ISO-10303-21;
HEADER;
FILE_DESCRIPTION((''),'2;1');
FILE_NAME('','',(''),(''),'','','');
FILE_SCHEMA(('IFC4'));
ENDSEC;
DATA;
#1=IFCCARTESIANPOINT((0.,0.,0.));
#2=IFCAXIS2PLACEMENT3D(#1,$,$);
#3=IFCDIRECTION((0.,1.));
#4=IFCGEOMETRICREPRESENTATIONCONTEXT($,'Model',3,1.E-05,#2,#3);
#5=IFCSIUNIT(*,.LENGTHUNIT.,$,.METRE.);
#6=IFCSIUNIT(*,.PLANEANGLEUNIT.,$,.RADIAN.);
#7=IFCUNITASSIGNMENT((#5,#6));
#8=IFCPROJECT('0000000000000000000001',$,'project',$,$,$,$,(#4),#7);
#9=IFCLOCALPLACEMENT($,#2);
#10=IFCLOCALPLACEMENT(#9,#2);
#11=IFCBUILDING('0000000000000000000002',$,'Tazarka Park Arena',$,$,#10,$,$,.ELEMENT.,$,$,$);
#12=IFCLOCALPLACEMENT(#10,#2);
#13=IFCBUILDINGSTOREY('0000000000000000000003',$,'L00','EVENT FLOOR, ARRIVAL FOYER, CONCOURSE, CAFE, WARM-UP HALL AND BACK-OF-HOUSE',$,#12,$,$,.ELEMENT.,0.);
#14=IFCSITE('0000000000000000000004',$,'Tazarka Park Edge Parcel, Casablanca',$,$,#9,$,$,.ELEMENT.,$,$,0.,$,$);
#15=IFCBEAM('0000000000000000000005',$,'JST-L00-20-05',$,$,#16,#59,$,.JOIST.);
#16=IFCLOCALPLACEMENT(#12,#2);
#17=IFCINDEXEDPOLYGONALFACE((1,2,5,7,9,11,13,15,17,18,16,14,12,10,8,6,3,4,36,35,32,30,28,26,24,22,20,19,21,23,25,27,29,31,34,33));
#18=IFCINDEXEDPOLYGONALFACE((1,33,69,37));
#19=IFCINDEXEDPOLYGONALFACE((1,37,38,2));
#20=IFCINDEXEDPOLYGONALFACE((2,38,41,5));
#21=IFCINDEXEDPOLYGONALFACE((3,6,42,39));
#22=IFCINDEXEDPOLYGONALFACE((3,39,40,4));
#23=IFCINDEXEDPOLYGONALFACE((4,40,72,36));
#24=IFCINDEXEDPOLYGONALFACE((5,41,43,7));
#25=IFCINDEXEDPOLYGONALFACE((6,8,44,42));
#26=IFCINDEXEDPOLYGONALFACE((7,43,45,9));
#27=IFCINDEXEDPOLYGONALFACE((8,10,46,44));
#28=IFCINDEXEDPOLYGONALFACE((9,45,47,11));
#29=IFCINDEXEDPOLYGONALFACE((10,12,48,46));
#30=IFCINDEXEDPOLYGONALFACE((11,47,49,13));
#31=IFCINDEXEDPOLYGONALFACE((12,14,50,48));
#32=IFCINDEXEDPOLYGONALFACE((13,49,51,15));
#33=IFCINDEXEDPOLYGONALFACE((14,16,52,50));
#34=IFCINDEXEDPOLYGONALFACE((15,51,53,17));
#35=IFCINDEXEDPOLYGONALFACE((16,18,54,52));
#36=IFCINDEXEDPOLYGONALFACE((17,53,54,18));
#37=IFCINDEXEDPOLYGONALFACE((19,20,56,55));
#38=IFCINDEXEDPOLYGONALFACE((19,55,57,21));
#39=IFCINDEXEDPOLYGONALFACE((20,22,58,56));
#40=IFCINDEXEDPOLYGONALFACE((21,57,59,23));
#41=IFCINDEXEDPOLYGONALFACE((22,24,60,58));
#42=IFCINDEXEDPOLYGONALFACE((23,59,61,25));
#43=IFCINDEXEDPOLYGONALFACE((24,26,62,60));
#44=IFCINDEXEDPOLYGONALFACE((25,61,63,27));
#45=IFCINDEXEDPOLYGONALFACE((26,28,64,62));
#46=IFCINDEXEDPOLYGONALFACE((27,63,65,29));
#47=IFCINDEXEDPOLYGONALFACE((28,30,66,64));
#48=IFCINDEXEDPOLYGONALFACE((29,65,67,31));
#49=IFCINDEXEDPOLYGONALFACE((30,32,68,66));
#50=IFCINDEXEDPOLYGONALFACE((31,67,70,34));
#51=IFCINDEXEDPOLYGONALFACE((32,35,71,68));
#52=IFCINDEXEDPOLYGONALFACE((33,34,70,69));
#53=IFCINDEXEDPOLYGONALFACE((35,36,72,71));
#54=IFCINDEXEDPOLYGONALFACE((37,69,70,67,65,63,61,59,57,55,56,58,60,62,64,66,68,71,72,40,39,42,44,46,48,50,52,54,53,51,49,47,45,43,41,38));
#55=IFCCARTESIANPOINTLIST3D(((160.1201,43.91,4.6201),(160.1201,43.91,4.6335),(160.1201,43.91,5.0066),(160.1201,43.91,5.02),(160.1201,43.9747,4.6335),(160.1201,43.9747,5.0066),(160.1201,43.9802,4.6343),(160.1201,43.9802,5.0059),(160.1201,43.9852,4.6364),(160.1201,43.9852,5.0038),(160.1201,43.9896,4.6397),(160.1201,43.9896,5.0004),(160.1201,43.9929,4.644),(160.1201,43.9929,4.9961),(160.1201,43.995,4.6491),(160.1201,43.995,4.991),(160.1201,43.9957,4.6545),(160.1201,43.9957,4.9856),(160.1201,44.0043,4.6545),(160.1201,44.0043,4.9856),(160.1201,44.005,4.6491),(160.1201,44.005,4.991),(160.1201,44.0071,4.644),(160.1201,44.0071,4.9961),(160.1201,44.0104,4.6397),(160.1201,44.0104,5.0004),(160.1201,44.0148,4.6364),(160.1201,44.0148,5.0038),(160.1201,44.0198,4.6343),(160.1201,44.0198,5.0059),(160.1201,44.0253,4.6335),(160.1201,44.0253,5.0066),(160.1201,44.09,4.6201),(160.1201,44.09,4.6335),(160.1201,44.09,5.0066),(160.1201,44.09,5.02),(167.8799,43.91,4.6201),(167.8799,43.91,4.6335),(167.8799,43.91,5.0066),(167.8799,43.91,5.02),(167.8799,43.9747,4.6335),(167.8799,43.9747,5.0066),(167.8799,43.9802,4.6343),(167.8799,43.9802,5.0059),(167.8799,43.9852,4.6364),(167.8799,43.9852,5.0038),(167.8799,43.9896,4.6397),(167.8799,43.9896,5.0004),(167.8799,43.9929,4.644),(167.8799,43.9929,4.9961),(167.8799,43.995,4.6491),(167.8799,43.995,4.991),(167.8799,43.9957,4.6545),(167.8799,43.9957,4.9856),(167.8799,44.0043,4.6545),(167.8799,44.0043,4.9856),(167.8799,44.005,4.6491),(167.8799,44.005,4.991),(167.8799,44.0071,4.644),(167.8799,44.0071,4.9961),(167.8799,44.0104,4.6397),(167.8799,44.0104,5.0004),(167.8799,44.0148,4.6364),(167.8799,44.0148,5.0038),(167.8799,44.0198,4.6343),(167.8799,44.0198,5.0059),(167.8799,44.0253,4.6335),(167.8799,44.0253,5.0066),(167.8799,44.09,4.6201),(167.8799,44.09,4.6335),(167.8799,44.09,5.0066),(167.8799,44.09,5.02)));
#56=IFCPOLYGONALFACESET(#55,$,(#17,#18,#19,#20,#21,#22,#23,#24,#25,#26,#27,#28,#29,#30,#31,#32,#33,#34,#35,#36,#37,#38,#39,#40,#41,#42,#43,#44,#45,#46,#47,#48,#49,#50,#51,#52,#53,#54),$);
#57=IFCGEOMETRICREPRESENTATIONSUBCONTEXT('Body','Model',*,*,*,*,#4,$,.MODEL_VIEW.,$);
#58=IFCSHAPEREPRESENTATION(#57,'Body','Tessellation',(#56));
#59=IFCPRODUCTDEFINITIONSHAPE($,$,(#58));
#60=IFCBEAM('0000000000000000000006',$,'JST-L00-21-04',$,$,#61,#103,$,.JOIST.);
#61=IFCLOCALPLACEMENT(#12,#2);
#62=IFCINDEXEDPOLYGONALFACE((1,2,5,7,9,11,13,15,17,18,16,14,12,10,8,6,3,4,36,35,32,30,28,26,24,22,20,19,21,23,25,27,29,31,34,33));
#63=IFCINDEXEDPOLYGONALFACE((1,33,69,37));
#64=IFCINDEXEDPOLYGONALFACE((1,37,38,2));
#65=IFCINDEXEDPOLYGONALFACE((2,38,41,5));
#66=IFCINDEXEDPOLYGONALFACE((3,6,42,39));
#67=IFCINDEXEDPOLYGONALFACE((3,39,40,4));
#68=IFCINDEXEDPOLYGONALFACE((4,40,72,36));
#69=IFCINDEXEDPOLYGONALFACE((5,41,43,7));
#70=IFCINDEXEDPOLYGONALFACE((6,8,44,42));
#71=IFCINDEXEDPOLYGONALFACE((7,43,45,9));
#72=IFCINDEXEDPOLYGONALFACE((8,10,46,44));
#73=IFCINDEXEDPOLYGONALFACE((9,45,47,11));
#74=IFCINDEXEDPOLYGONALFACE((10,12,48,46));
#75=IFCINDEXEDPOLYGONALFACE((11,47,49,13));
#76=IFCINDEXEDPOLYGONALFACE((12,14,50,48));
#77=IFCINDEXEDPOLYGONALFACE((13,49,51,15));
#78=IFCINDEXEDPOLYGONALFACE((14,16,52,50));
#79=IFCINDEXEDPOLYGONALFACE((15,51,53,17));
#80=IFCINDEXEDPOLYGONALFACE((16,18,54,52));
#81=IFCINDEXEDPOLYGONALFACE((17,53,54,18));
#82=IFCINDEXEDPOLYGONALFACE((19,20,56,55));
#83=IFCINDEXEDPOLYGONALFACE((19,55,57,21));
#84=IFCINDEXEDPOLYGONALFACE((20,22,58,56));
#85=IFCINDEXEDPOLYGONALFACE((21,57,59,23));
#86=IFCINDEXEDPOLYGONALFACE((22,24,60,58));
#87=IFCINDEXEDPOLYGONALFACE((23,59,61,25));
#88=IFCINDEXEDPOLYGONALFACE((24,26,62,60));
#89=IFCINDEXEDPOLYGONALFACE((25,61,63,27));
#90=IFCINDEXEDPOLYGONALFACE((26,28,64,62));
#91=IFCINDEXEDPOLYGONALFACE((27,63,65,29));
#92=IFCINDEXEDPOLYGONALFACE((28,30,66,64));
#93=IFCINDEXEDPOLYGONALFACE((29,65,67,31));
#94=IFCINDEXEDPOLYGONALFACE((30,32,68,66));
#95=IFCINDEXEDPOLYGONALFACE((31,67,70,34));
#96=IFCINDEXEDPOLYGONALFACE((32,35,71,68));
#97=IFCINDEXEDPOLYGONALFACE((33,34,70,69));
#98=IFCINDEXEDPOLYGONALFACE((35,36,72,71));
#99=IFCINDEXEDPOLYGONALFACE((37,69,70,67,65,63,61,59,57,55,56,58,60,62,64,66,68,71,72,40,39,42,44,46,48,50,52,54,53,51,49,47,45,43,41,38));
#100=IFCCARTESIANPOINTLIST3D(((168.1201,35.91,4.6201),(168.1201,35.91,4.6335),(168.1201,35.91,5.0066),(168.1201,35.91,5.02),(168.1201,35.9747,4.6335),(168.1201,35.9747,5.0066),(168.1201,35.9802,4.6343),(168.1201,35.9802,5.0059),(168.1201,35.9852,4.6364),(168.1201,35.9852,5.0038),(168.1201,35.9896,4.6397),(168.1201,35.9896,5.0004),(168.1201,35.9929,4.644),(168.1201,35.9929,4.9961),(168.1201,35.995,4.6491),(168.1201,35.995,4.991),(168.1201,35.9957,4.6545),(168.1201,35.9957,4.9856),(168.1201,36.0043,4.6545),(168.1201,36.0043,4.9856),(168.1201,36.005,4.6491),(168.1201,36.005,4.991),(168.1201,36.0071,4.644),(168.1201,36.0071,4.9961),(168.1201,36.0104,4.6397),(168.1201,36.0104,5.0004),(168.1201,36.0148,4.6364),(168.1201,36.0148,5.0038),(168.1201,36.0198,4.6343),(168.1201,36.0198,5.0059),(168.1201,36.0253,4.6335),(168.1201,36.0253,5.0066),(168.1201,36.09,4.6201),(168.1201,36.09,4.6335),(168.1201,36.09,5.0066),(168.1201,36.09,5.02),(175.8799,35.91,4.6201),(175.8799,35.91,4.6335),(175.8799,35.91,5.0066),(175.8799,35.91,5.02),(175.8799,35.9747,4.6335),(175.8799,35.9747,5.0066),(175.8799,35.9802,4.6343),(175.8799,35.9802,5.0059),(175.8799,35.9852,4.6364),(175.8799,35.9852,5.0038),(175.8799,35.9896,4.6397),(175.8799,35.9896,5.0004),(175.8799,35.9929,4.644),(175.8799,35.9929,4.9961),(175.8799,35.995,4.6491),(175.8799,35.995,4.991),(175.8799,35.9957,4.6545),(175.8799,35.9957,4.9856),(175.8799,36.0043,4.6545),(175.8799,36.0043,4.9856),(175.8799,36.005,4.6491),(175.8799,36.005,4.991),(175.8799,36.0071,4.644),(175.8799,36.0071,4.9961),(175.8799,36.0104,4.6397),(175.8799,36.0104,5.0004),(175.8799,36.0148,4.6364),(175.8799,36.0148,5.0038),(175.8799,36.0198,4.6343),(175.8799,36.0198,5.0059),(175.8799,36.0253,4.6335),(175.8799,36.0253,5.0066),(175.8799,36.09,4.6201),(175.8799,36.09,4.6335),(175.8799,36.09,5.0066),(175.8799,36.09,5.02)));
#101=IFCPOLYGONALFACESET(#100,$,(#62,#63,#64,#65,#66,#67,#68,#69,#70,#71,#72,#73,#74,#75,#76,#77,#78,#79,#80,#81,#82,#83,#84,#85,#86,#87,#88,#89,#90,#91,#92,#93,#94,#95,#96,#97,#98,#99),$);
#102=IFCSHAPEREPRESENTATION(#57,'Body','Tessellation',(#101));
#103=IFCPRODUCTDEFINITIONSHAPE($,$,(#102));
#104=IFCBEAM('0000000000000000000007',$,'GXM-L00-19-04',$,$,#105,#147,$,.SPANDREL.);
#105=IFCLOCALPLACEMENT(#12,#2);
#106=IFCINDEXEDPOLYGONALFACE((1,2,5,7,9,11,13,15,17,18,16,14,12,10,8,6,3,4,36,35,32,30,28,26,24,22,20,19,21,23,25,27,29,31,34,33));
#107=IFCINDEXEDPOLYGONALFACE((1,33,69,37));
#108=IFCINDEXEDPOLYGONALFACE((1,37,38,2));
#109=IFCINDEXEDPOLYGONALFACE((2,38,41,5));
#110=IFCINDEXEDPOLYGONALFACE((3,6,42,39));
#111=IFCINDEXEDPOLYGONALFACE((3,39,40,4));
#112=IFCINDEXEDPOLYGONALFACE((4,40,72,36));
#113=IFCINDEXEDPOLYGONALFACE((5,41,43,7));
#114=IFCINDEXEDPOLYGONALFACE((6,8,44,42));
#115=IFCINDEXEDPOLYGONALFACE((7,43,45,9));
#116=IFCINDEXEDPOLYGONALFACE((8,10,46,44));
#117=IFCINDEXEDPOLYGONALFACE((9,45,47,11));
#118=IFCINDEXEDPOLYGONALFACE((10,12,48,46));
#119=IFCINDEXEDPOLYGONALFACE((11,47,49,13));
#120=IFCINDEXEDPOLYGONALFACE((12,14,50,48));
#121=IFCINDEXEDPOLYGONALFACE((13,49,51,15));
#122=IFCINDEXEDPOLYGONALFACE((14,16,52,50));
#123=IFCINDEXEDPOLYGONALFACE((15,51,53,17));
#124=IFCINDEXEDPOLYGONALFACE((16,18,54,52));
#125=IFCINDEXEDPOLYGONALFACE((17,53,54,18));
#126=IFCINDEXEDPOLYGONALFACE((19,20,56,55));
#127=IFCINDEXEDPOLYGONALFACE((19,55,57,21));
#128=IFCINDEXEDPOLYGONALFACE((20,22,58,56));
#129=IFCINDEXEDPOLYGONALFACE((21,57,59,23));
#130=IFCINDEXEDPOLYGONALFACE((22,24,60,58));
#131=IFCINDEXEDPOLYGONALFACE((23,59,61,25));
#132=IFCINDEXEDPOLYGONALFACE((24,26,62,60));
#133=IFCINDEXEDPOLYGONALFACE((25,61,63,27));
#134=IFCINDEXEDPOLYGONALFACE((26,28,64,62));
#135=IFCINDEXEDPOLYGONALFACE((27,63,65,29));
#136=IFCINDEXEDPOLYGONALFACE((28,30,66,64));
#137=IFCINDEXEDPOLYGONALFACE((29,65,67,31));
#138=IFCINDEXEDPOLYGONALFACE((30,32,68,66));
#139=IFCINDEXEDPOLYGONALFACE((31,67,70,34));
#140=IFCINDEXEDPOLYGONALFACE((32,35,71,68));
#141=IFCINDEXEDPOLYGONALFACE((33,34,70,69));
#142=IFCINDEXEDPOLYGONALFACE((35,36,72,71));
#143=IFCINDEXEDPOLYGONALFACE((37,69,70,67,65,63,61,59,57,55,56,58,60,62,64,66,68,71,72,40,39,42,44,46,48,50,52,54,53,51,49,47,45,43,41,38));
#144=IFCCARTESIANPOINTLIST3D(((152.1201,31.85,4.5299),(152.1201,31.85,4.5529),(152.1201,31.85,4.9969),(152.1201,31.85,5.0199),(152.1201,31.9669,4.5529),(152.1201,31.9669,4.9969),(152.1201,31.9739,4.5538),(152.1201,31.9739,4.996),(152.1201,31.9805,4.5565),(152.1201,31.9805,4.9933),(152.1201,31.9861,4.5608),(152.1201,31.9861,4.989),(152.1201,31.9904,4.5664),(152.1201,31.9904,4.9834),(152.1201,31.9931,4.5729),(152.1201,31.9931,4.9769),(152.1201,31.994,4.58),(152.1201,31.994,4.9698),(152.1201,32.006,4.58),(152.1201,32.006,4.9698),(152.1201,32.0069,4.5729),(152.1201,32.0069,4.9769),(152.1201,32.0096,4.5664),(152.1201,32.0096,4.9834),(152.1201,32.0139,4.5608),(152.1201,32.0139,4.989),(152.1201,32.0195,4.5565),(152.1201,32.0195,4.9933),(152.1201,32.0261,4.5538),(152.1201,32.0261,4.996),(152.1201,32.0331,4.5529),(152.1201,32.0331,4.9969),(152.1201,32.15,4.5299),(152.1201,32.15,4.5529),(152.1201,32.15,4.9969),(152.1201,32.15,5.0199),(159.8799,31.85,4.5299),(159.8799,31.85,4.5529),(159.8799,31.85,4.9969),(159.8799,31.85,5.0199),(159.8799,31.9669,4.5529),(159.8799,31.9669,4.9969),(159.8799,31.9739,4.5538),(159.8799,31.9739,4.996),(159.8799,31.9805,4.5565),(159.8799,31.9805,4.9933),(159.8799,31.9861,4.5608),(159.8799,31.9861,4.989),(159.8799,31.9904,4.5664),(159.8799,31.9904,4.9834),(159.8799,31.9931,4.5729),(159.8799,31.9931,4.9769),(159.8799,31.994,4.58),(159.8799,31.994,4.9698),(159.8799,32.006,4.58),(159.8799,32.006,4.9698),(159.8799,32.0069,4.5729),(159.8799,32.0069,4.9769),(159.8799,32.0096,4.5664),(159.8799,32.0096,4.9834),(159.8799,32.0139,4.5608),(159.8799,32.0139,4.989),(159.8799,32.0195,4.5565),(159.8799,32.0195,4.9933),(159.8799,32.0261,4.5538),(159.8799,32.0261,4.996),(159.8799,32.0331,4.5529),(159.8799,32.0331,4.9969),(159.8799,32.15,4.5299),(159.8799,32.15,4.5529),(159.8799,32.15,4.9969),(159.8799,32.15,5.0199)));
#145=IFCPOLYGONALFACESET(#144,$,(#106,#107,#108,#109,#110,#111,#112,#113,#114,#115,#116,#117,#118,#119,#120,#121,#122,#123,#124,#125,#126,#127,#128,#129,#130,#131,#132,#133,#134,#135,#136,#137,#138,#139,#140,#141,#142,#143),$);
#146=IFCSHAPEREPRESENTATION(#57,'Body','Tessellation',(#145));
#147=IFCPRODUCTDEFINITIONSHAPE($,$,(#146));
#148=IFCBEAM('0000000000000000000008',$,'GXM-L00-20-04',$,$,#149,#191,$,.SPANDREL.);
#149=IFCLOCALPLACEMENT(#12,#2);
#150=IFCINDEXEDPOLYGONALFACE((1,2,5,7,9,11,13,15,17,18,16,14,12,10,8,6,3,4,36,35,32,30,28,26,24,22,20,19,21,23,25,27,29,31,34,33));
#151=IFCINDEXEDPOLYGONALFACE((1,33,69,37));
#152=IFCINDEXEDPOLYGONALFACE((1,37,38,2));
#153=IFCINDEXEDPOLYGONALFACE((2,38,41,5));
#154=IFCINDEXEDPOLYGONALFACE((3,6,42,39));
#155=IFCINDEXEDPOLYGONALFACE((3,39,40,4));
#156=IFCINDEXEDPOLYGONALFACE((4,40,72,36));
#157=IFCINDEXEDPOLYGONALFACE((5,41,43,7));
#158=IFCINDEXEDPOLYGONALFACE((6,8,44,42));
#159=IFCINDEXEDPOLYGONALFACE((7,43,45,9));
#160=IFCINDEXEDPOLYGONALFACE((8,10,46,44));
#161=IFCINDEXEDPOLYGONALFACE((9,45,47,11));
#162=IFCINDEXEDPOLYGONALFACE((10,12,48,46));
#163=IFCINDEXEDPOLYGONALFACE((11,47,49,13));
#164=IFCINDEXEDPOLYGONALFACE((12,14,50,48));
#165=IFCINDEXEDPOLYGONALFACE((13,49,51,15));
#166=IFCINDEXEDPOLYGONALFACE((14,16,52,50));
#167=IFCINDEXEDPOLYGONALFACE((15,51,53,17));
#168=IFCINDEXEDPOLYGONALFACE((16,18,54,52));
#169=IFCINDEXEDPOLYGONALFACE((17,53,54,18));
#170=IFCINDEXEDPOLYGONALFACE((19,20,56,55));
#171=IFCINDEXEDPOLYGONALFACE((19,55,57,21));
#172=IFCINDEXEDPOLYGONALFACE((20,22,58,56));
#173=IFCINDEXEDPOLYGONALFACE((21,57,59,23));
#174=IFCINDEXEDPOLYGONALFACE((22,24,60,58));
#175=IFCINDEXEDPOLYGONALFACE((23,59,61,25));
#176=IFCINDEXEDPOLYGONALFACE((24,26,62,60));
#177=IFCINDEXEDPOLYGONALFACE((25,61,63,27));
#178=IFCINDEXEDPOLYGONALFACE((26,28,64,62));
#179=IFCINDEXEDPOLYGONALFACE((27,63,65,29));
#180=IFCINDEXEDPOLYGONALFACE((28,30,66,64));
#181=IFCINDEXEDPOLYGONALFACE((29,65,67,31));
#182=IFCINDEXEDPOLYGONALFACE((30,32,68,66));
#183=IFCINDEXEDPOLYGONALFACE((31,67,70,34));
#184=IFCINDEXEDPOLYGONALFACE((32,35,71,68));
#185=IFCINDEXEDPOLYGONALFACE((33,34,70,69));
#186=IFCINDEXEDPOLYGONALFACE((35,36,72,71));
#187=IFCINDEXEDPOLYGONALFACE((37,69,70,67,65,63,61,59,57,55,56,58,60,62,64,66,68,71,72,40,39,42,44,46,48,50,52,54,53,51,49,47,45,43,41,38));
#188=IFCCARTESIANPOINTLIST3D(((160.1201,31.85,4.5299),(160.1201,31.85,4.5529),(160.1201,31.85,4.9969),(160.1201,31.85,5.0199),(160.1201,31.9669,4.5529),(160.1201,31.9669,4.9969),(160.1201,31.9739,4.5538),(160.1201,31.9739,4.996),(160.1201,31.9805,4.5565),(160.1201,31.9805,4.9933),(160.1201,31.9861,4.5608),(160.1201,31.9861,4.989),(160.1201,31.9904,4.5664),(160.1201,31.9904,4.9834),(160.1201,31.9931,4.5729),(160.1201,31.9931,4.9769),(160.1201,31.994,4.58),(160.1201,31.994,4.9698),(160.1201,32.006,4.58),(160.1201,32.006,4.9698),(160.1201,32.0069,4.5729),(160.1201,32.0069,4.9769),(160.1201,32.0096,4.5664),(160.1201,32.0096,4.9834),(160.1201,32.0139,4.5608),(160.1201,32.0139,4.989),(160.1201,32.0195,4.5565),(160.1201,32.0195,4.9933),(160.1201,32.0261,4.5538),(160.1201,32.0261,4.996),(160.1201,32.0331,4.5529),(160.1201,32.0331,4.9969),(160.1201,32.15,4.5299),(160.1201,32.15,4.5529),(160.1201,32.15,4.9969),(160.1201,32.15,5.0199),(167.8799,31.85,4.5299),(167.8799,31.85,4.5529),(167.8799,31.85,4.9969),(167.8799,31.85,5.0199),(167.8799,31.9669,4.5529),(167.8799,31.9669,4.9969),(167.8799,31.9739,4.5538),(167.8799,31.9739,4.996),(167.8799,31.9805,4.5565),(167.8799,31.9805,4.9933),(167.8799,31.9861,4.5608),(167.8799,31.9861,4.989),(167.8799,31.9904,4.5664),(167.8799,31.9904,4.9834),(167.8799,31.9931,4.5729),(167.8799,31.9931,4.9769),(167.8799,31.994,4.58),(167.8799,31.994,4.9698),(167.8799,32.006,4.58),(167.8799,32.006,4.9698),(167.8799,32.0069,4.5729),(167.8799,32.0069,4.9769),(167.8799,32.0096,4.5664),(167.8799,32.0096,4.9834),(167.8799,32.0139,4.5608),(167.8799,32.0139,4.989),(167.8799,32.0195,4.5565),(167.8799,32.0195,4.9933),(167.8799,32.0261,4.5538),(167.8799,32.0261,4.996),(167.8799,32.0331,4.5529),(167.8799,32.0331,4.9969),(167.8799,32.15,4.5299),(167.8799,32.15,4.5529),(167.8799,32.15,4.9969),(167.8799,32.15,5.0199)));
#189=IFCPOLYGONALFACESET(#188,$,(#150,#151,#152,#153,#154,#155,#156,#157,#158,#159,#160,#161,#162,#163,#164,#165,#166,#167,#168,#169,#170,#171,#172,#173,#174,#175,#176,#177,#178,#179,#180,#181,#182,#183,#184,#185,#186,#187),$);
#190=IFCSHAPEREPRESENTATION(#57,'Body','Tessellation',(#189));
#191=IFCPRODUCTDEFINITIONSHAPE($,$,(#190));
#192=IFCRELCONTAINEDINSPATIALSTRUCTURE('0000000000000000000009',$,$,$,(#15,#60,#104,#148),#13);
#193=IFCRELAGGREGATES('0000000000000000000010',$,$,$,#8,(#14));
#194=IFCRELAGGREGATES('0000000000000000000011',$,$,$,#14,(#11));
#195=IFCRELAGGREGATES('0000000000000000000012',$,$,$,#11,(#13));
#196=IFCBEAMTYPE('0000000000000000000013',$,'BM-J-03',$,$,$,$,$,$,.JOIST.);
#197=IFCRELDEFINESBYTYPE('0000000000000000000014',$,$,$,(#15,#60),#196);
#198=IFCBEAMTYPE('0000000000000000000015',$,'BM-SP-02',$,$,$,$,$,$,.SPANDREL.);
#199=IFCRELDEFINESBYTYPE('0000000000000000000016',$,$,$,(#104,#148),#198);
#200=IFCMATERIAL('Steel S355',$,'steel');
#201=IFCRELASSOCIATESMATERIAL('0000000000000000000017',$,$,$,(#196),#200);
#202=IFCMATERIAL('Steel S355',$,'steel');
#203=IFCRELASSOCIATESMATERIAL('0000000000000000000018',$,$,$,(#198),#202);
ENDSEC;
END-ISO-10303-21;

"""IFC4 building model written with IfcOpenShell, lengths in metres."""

from ifc_helpers import new_model, si_unit, direction, frame, origin, origin_2d, place, context, subcontext, project, spatial, i_section, extrude, material, material_profile, profile_set, type_object, element, save


model = new_model("IFC4")

# Units and contexts
model_context = context("Model", 3, precision=1e-05, world=origin(), true_north=direction((0.0, 1.0)))
body_context = subcontext(model_context, "Body", "Model", "MODEL_VIEW")
ifc_project = project(units=[si_unit("LENGTHUNIT", "METRE"), si_unit("PLANEANGLEUNIT", "RADIAN")], contexts=[model_context])

# Site, building, storey
site_placement = place(None, origin())
site = spatial("IfcSite", under=ifc_project, at=site_placement, Name="Tazarka Park Edge Parcel, Casablanca", CompositionType="ELEMENT", RefElevation=0.0)
building_placement = place(site_placement, origin())
building = spatial("IfcBuilding", under=site, at=building_placement, Name="Tazarka Park Arena", CompositionType="ELEMENT")
storey_placement = place(building_placement, origin())
storey = spatial("IfcBuildingStorey", under=building, at=storey_placement, Name="L00", Description="EVENT FLOOR, ARRIVAL FOYER, CONCOURSE, CAFE, WARM-UP HALL AND BACK-OF-HOUSE", CompositionType="ELEMENT", Elevation=0.0)

# Beams
ifc_material_1 = material(Name="Steel S355", Category="steel")
ifc_material_profile_1 = material_profile(ifc_material_1, i_section(OverallWidth=0.1799, OverallDepth=0.3999, WebThickness=0.0085, FlangeThickness=0.0134, FilletRadius=0.021, at=origin_2d()), Name="Steel S355")
ifc_profile_set_1 = profile_set([ifc_material_profile_1], Name="Steel S355")
beam_type_1 = type_object("IfcBeamType", Name="BM-J-03", PredefinedType="JOIST", material=ifc_profile_set_1)
for number, where, z_axis, x_axis, name in (
    (1, (160.1201, 44.0, 4.8201), (1.0, 0.0, 0.0), (0.0, 1.0, 0.0), "JST-L00-20-05"),
    (2, (168.1201, 36.0, 4.8201), (1.0, 0.0, 0.0), (0.0, 1.0, 0.0), "JST-L00-21-04"),
):
    element("IfcBeam", number, at=place(storey_placement, frame(where, z_axis=z_axis, x_axis=x_axis)), inside=storey, type_object=beam_type_1, Name=name, PredefinedType="JOIST", context=body_context, shape_type="SweptSolid", body=[
        extrude(i_section(OverallWidth=0.1799, OverallDepth=0.3999, WebThickness=0.0085, FlangeThickness=0.0134, FilletRadius=0.021, at=origin_2d()), origin(), (0.0, 0.0, 1.0), 7.7598),
    ])
ifc_material_2 = material(Name="Steel S355", Category="steel")
ifc_material_profile_2 = material_profile(ifc_material_2, i_section(OverallWidth=0.3, OverallDepth=0.49, WebThickness=0.012, FlangeThickness=0.0229, FilletRadius=0.0271, at=origin_2d()), Name="Steel S355")
ifc_profile_set_2 = profile_set([ifc_material_profile_2], Name="Steel S355")
beam_type_2 = type_object("IfcBeamType", Name="BM-SP-02", PredefinedType="SPANDREL", material=ifc_profile_set_2)
for number, where, z_axis, x_axis, name in (
    (3, (152.1201, 32.0, 4.7749), (1.0, 0.0, 0.0), (0.0, 1.0, 0.0), "GXM-L00-19-04"),
    (4, (160.1201, 32.0, 4.7749), (1.0, 0.0, 0.0), (0.0, 1.0, 0.0), "GXM-L00-20-04"),
):
    element("IfcBeam", number, at=place(storey_placement, frame(where, z_axis=z_axis, x_axis=x_axis)), inside=storey, type_object=beam_type_2, Name=name, PredefinedType="SPANDREL", context=body_context, shape_type="SweptSolid", body=[
        extrude(i_section(OverallWidth=0.3, OverallDepth=0.49, WebThickness=0.012, FlangeThickness=0.0229, FilletRadius=0.0271, at=origin_2d()), origin(), (0.0, 0.0, 1.0), 7.7598),
    ])

save(model, "model.ifc")
